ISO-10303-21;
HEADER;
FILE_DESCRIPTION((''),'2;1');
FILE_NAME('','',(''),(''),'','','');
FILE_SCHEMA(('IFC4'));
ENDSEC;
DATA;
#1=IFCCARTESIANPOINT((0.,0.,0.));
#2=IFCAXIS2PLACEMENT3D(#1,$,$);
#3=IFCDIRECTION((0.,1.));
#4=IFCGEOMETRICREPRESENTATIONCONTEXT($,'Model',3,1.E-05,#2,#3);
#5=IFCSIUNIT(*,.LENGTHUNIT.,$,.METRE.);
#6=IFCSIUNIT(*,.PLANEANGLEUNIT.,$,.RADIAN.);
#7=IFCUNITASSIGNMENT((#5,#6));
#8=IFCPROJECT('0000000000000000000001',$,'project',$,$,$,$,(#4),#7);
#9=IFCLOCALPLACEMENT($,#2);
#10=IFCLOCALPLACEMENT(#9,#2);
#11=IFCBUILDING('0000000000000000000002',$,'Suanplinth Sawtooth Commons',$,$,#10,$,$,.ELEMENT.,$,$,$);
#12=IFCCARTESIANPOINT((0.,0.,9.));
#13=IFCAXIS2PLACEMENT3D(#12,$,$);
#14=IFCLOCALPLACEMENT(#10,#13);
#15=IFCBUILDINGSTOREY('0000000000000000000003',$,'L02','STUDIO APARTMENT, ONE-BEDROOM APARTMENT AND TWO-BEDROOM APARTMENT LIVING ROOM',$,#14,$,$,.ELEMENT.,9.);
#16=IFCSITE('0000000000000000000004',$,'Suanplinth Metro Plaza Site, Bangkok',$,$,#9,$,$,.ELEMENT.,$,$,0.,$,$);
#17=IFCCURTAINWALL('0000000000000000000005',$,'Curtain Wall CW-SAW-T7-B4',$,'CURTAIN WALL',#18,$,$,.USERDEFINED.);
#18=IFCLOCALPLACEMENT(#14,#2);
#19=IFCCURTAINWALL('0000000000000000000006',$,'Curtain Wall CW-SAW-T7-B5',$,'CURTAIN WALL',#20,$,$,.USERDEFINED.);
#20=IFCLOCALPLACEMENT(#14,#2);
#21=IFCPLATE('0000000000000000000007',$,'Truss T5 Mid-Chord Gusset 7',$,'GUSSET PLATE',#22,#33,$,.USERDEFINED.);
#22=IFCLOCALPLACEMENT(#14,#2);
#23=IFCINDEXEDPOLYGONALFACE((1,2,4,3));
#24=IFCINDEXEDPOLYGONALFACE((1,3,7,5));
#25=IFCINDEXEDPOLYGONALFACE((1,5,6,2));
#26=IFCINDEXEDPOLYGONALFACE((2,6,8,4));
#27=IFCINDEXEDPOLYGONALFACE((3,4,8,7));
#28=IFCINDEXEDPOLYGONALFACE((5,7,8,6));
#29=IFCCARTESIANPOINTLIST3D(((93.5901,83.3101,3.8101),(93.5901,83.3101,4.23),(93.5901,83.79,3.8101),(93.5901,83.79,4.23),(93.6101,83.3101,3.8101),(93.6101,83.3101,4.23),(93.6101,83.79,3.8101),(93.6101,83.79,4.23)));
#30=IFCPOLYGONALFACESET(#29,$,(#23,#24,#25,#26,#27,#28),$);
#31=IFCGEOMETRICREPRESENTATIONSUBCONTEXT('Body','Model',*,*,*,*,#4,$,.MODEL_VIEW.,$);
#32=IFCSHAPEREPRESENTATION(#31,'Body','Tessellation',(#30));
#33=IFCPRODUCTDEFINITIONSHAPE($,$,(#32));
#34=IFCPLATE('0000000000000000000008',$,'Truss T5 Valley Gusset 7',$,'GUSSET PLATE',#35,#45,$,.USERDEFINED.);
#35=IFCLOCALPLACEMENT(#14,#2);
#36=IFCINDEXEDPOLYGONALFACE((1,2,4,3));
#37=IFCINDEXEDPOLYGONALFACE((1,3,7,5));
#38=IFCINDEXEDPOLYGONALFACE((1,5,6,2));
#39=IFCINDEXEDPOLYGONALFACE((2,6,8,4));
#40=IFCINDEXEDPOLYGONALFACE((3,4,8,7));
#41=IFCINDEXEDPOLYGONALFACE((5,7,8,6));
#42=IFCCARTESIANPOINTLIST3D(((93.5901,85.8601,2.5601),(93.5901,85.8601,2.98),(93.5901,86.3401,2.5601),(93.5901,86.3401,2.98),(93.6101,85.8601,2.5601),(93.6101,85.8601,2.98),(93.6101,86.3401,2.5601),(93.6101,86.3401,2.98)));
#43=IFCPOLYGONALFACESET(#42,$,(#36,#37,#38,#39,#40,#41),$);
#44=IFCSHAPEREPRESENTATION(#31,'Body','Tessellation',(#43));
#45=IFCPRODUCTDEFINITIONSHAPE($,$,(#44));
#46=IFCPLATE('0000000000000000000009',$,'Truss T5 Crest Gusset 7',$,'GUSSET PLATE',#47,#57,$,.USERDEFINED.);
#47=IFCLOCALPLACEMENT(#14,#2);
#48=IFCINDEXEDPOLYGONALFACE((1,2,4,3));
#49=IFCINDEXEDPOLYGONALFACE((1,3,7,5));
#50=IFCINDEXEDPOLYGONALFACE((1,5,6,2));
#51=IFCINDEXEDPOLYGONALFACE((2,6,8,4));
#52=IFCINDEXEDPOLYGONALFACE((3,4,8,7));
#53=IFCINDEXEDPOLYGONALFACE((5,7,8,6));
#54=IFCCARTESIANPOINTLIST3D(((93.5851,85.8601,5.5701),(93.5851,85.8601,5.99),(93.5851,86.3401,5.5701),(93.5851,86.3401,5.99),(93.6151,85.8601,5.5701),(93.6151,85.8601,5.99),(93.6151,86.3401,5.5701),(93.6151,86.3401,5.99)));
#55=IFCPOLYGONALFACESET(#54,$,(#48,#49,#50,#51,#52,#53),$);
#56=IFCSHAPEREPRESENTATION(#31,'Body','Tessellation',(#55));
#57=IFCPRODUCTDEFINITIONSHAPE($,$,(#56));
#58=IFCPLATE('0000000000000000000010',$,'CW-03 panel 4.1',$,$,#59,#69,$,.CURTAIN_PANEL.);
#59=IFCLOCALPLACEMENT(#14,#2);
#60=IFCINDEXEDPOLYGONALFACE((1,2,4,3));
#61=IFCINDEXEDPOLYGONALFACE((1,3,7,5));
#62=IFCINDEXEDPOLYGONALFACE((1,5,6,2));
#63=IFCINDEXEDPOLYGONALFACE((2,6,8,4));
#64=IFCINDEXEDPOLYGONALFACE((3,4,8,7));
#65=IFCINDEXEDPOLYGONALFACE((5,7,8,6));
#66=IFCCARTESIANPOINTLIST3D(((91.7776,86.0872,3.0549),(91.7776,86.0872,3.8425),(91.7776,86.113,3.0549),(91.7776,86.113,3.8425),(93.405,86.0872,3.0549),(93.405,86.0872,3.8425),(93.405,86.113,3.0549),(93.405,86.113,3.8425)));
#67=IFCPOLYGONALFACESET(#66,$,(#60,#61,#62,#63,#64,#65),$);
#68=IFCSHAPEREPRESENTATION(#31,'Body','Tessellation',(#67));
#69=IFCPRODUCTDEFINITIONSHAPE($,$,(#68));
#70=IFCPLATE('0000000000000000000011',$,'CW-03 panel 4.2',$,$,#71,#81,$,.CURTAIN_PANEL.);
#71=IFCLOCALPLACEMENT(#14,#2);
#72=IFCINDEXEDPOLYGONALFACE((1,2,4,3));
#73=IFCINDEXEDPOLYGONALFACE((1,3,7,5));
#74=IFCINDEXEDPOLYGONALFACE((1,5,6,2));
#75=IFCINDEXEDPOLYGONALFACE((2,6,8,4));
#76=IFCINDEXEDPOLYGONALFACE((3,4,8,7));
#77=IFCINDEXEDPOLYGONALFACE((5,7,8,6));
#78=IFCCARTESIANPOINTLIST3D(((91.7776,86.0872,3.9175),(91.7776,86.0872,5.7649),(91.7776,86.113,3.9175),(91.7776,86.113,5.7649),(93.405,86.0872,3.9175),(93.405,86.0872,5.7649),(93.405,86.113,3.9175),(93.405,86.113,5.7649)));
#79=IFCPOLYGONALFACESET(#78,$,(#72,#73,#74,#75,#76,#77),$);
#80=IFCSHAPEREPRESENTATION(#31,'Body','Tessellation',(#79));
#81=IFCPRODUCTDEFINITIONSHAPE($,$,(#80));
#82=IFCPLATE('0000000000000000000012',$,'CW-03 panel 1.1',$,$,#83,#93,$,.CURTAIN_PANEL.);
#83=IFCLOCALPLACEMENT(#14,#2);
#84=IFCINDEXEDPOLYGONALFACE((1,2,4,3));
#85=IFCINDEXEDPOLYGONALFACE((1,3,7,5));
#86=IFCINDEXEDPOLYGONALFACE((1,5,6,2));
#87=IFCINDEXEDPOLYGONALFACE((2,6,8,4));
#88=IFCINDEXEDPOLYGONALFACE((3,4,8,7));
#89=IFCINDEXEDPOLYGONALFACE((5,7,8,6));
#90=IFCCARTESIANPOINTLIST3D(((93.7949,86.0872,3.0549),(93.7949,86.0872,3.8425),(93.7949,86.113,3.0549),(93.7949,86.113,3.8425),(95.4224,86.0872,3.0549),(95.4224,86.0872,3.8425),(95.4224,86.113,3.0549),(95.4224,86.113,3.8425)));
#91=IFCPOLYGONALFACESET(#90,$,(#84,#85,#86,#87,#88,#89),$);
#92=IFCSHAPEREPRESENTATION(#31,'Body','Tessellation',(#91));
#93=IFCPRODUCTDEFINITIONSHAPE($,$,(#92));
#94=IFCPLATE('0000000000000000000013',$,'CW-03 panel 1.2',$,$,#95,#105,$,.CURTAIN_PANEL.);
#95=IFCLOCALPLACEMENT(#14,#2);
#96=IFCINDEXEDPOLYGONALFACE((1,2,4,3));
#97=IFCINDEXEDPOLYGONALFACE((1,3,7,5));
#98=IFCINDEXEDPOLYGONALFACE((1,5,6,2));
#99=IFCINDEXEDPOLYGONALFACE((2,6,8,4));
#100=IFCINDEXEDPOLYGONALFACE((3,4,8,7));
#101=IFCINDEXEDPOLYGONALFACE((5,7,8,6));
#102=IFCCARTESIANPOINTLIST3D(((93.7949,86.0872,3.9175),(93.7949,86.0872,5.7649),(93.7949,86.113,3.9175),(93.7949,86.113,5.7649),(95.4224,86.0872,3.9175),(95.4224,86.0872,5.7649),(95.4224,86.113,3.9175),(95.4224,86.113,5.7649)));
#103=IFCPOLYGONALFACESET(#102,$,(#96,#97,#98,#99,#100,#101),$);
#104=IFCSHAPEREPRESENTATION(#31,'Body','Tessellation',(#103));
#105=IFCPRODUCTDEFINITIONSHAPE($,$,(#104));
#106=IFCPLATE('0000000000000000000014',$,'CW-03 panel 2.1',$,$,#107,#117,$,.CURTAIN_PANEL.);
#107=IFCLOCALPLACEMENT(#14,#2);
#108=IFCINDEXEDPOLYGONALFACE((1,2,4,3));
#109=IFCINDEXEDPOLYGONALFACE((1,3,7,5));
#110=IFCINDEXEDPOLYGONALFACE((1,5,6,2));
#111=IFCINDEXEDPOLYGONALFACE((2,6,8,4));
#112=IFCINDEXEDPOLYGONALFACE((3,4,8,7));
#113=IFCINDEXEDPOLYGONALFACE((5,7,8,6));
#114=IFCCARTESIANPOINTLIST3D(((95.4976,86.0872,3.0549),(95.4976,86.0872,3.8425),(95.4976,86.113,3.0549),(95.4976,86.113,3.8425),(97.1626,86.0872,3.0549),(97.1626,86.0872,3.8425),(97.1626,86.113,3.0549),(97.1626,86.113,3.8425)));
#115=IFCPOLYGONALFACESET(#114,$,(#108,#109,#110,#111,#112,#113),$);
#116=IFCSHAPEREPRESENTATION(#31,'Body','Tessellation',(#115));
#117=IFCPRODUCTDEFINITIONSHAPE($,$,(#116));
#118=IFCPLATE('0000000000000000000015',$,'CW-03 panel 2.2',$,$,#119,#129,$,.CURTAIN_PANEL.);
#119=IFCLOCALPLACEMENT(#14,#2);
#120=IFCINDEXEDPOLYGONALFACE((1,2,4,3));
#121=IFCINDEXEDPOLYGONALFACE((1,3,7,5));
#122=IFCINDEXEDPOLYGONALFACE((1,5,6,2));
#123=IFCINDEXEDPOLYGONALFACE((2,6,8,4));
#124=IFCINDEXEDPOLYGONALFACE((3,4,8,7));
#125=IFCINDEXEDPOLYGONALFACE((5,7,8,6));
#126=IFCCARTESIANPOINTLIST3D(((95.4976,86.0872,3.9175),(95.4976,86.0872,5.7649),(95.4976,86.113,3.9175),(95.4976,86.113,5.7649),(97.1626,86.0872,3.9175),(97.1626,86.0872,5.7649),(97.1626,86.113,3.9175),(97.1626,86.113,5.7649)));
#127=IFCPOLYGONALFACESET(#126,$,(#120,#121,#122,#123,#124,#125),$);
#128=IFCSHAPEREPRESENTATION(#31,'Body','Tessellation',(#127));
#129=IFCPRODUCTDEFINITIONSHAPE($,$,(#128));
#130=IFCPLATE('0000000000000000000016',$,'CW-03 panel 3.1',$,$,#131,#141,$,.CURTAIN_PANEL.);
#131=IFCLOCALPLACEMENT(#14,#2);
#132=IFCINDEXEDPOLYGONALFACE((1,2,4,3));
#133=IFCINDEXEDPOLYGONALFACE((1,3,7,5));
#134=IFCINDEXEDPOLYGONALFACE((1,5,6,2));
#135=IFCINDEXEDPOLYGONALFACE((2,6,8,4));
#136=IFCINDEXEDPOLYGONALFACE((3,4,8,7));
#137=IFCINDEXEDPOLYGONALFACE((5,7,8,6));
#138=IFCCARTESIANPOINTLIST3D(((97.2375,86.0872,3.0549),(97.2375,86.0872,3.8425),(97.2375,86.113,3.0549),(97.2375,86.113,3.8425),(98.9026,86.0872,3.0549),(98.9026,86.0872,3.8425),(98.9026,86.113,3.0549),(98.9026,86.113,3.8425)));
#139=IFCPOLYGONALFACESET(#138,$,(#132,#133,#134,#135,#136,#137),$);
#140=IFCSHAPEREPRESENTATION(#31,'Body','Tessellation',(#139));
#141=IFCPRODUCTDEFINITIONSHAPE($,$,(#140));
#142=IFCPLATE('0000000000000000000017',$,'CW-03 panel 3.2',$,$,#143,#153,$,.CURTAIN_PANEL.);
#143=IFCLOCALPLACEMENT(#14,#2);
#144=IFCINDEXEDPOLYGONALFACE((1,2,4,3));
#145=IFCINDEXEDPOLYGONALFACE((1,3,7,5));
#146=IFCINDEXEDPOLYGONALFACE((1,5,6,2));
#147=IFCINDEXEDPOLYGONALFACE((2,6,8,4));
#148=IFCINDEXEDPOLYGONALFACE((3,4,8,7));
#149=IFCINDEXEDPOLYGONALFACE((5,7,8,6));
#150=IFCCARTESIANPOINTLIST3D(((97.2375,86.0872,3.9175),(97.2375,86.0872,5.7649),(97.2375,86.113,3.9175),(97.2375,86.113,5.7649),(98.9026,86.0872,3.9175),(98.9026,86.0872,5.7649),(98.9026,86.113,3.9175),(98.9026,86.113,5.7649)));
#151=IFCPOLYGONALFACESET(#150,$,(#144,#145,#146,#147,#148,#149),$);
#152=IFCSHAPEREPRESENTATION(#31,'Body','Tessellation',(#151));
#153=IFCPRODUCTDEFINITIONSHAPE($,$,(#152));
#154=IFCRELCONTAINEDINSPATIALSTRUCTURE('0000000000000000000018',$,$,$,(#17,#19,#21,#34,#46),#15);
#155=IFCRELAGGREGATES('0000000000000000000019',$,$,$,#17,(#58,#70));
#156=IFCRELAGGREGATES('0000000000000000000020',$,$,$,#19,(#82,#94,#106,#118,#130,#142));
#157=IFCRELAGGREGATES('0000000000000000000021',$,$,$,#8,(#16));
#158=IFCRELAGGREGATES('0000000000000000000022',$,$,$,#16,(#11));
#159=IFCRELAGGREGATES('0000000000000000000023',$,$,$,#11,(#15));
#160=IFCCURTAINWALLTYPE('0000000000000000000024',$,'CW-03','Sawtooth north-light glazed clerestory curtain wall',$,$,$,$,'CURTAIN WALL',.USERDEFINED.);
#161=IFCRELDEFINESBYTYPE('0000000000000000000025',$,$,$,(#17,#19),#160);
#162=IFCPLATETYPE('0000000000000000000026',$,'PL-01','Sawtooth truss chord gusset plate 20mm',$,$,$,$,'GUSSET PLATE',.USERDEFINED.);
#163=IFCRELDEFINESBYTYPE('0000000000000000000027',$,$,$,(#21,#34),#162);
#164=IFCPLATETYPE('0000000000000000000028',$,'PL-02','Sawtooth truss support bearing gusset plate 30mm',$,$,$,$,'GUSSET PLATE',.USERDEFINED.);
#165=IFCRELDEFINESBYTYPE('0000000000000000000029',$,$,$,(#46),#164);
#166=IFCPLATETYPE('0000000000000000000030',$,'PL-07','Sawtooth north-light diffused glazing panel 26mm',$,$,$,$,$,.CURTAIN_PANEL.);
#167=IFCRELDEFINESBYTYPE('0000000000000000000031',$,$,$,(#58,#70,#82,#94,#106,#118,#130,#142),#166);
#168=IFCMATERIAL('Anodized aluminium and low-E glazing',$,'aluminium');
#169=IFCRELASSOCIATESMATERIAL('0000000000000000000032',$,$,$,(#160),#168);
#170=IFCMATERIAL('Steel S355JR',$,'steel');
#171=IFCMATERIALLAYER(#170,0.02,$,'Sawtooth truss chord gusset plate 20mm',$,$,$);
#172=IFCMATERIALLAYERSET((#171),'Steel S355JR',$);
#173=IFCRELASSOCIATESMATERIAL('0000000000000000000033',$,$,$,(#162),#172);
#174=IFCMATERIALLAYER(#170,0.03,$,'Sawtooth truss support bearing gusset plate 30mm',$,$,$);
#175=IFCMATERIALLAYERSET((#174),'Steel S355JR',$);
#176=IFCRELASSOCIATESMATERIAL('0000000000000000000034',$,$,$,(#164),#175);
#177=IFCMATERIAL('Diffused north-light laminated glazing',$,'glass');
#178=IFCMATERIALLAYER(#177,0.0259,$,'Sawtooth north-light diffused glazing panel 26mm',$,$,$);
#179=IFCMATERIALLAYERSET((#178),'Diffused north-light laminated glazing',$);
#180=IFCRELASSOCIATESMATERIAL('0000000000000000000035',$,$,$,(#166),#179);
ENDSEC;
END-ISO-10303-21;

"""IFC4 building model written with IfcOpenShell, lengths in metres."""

from ifc_helpers import new_model, si_unit, direction, frame, origin, origin_2d, place, context, subcontext, project, spatial, rectangle, extrude, material, layer, layer_set, type_object, element, aggregate, save


model = new_model("IFC4")

# Units and contexts
model_context = context("Model", 3, precision=1e-05, world=origin(), true_north=direction((0.0, 1.0)))
body_context = subcontext(model_context, "Body", "Model", "MODEL_VIEW")
ifc_project = project(units=[si_unit("LENGTHUNIT", "METRE"), si_unit("PLANEANGLEUNIT", "RADIAN")], contexts=[model_context])

# Site, building, storey
site_placement = place(None, origin())
site = spatial("IfcSite", under=ifc_project, at=site_placement, Name="Suanplinth Metro Plaza Site, Bangkok", CompositionType="ELEMENT", RefElevation=0.0)
building_placement = place(site_placement, origin())
building = spatial("IfcBuilding", under=site, at=building_placement, Name="Suanplinth Sawtooth Commons", CompositionType="ELEMENT")
storey_placement = place(building_placement, frame((0.0, 0.0, 9.0)))
storey = spatial("IfcBuildingStorey", under=building, at=storey_placement, Name="L02", Description="STUDIO APARTMENT, ONE-BEDROOM APARTMENT AND TWO-BEDROOM APARTMENT LIVING ROOM", CompositionType="ELEMENT", Elevation=9.0)

# Shared definitions
ifc_material_1 = material(Name="Steel S355JR", Category="steel")

# Curtain wall
ifc_material_2 = material(Name="Anodized aluminium and low-E glazing", Category="aluminium")
curtain_wall_type = type_object("IfcCurtainWallType", Name="CW-03", Description="Sawtooth north-light glazed clerestory curtain wall", ElementType="CURTAIN WALL", PredefinedType="USERDEFINED", material=ifc_material_2)
curtain_wall_1_placement = place(storey_placement, origin())
curtain_wall_1 = element("IfcCurtainWall", 1, at=curtain_wall_1_placement, inside=storey, type_object=curtain_wall_type, Name="Curtain Wall CW-SAW-T7-B4", ObjectType="CURTAIN WALL", PredefinedType="USERDEFINED")

# Curtain wall
curtain_wall_2_placement = place(storey_placement, origin())
curtain_wall_2 = element("IfcCurtainWall", 2, at=curtain_wall_2_placement, inside=storey, type_object=curtain_wall_type, Name="Curtain Wall CW-SAW-T7-B5", ObjectType="CURTAIN WALL", PredefinedType="USERDEFINED")

# Plates
ifc_layer_1 = layer(ifc_material_1, 0.02, Name="Sawtooth truss chord gusset plate 20mm")
ifc_layer_set_1 = layer_set([ifc_layer_1], Name="Steel S355JR")
plate_type_1 = type_object("IfcPlateType", Name="PL-01", Description="Sawtooth truss chord gusset plate 20mm", ElementType="GUSSET PLATE", PredefinedType="USERDEFINED", material=ifc_layer_set_1)
for number, where, z_axis, x_axis, name in (
    (3, (93.6001, 83.55, 3.8101), (0.0, 0.0, 1.0), (1.0, 0.0, 0.0), "Truss T5 Mid-Chord Gusset 7"),
    (4, (93.6001, 86.1001, 2.5601), (0.0, 0.0, 1.0), (1.0, 0.0, 0.0), "Truss T5 Valley Gusset 7"),
):
    element("IfcPlate", number, at=place(storey_placement, frame(where, z_axis=z_axis, x_axis=x_axis)), inside=storey, type_object=plate_type_1, Name=name, ObjectType="GUSSET PLATE", PredefinedType="USERDEFINED", context=body_context, shape_type="SweptSolid", body=[
        extrude(rectangle(XDim=0.02, YDim=0.48, at=origin_2d()), origin(), (0.0, 0.0, 1.0), 0.4199),
    ])
ifc_layer_2 = layer(ifc_material_1, 0.03, Name="Sawtooth truss support bearing gusset plate 30mm")
ifc_layer_set_2 = layer_set([ifc_layer_2], Name="Steel S355JR")
plate_type_2 = type_object("IfcPlateType", Name="PL-02", Description="Sawtooth truss support bearing gusset plate 30mm", ElementType="GUSSET PLATE", PredefinedType="USERDEFINED", material=ifc_layer_set_2)
plate_1_placement = place(storey_placement, frame((93.6001, 86.1001, 5.5701), z_axis=(0.0, 0.0, 1.0), x_axis=(1.0, 0.0, 0.0)))
element("IfcPlate", 5, at=plate_1_placement, inside=storey, type_object=plate_type_2, Name="Truss T5 Crest Gusset 7", ObjectType="GUSSET PLATE", PredefinedType="USERDEFINED", context=body_context, shape_type="SweptSolid", body=[
    extrude(rectangle(XDim=0.03, YDim=0.48, at=origin_2d()), origin(), (0.0, 0.0, 1.0), 0.4199),
])

# Plates
ifc_material_3 = material(Name="Diffused north-light laminated glazing", Category="glass")
ifc_layer_3 = layer(ifc_material_3, 0.0259, Name="Sawtooth north-light diffused glazing panel 26mm")
ifc_layer_set_3 = layer_set([ifc_layer_3], Name="Diffused north-light laminated glazing")
plate_type_3 = type_object("IfcPlateType", Name="PL-07", Description="Sawtooth north-light diffused glazing panel 26mm", PredefinedType="CURTAIN_PANEL", material=ifc_layer_set_3)
plate_2_placement = place(storey_placement, frame((92.5913, 86.1001, 3.0549), z_axis=(0.0, 0.0, 1.0), x_axis=(1.0, 0.0, 0.0)))
plate_2 = element("IfcPlate", 6, at=plate_2_placement, type_object=plate_type_3, Name="CW-03 panel 4.1", PredefinedType="CURTAIN_PANEL", context=body_context, shape_type="SweptSolid", body=[
    extrude(rectangle(XDim=1.6274, YDim=0.0259, at=origin_2d()), origin(), (0.0, 0.0, 1.0), 0.7876),
])
plate_3_placement = place(storey_placement, frame((92.5913, 86.1001, 3.9175), z_axis=(0.0, 0.0, 1.0), x_axis=(1.0, 0.0, 0.0)))
plate_3 = element("IfcPlate", 7, at=plate_3_placement, type_object=plate_type_3, Name="CW-03 panel 4.2", PredefinedType="CURTAIN_PANEL", context=body_context, shape_type="SweptSolid", body=[
    extrude(rectangle(XDim=1.6274, YDim=0.0259, at=origin_2d()), origin(), (0.0, 0.0, 1.0), 1.8474),
])
aggregate(curtain_wall_1, [plate_2, plate_3])
plate_4_placement = place(storey_placement, frame((94.6086, 86.1001, 3.0549), z_axis=(0.0, 0.0, 1.0), x_axis=(1.0, 0.0, 0.0)))
plate_4 = element("IfcPlate", 8, at=plate_4_placement, type_object=plate_type_3, Name="CW-03 panel 1.1", PredefinedType="CURTAIN_PANEL", context=body_context, shape_type="SweptSolid", body=[
    extrude(rectangle(XDim=1.6274, YDim=0.0259, at=origin_2d()), origin(), (0.0, 0.0, 1.0), 0.7876),
])
plate_5_placement = place(storey_placement, frame((94.6086, 86.1001, 3.9175), z_axis=(0.0, 0.0, 1.0), x_axis=(1.0, 0.0, 0.0)))
plate_5 = element("IfcPlate", 9, at=plate_5_placement, type_object=plate_type_3, Name="CW-03 panel 1.2", PredefinedType="CURTAIN_PANEL", context=body_context, shape_type="SweptSolid", body=[
    extrude(rectangle(XDim=1.6274, YDim=0.0259, at=origin_2d()), origin(), (0.0, 0.0, 1.0), 1.8474),
])
plate_6_placement = place(storey_placement, frame((96.3301, 86.1001, 3.0549), z_axis=(0.0, 0.0, 1.0), x_axis=(1.0, 0.0, 0.0)))
plate_6 = element("IfcPlate", 10, at=plate_6_placement, type_object=plate_type_3, Name="CW-03 panel 2.1", PredefinedType="CURTAIN_PANEL", context=body_context, shape_type="SweptSolid", body=[
    extrude(rectangle(XDim=1.665, YDim=0.0259, at=origin_2d()), origin(), (0.0, 0.0, 1.0), 0.7876),
])
plate_7_placement = place(storey_placement, frame((96.3301, 86.1001, 3.9175), z_axis=(0.0, 0.0, 1.0), x_axis=(1.0, 0.0, 0.0)))
plate_7 = element("IfcPlate", 11, at=plate_7_placement, type_object=plate_type_3, Name="CW-03 panel 2.2", PredefinedType="CURTAIN_PANEL", context=body_context, shape_type="SweptSolid", body=[
    extrude(rectangle(XDim=1.665, YDim=0.0259, at=origin_2d()), origin(), (0.0, 0.0, 1.0), 1.8474),
])
plate_8_placement = place(storey_placement, frame((98.0701, 86.1001, 3.0549), z_axis=(0.0, 0.0, 1.0), x_axis=(1.0, 0.0, 0.0)))
plate_8 = element("IfcPlate", 12, at=plate_8_placement, type_object=plate_type_3, Name="CW-03 panel 3.1", PredefinedType="CURTAIN_PANEL", context=body_context, shape_type="SweptSolid", body=[
    extrude(rectangle(XDim=1.665, YDim=0.0259, at=origin_2d()), origin(), (0.0, 0.0, 1.0), 0.7876),
])
plate_9_placement = place(storey_placement, frame((98.0701, 86.1001, 3.9175), z_axis=(0.0, 0.0, 1.0), x_axis=(1.0, 0.0, 0.0)))
plate_9 = element("IfcPlate", 13, at=plate_9_placement, type_object=plate_type_3, Name="CW-03 panel 3.2", PredefinedType="CURTAIN_PANEL", context=body_context, shape_type="SweptSolid", body=[
    extrude(rectangle(XDim=1.665, YDim=0.0259, at=origin_2d()), origin(), (0.0, 0.0, 1.0), 1.8474),
])
aggregate(curtain_wall_2, [plate_4, plate_5, plate_6, plate_7, plate_8, plate_9])

save(model, "model.ifc")
